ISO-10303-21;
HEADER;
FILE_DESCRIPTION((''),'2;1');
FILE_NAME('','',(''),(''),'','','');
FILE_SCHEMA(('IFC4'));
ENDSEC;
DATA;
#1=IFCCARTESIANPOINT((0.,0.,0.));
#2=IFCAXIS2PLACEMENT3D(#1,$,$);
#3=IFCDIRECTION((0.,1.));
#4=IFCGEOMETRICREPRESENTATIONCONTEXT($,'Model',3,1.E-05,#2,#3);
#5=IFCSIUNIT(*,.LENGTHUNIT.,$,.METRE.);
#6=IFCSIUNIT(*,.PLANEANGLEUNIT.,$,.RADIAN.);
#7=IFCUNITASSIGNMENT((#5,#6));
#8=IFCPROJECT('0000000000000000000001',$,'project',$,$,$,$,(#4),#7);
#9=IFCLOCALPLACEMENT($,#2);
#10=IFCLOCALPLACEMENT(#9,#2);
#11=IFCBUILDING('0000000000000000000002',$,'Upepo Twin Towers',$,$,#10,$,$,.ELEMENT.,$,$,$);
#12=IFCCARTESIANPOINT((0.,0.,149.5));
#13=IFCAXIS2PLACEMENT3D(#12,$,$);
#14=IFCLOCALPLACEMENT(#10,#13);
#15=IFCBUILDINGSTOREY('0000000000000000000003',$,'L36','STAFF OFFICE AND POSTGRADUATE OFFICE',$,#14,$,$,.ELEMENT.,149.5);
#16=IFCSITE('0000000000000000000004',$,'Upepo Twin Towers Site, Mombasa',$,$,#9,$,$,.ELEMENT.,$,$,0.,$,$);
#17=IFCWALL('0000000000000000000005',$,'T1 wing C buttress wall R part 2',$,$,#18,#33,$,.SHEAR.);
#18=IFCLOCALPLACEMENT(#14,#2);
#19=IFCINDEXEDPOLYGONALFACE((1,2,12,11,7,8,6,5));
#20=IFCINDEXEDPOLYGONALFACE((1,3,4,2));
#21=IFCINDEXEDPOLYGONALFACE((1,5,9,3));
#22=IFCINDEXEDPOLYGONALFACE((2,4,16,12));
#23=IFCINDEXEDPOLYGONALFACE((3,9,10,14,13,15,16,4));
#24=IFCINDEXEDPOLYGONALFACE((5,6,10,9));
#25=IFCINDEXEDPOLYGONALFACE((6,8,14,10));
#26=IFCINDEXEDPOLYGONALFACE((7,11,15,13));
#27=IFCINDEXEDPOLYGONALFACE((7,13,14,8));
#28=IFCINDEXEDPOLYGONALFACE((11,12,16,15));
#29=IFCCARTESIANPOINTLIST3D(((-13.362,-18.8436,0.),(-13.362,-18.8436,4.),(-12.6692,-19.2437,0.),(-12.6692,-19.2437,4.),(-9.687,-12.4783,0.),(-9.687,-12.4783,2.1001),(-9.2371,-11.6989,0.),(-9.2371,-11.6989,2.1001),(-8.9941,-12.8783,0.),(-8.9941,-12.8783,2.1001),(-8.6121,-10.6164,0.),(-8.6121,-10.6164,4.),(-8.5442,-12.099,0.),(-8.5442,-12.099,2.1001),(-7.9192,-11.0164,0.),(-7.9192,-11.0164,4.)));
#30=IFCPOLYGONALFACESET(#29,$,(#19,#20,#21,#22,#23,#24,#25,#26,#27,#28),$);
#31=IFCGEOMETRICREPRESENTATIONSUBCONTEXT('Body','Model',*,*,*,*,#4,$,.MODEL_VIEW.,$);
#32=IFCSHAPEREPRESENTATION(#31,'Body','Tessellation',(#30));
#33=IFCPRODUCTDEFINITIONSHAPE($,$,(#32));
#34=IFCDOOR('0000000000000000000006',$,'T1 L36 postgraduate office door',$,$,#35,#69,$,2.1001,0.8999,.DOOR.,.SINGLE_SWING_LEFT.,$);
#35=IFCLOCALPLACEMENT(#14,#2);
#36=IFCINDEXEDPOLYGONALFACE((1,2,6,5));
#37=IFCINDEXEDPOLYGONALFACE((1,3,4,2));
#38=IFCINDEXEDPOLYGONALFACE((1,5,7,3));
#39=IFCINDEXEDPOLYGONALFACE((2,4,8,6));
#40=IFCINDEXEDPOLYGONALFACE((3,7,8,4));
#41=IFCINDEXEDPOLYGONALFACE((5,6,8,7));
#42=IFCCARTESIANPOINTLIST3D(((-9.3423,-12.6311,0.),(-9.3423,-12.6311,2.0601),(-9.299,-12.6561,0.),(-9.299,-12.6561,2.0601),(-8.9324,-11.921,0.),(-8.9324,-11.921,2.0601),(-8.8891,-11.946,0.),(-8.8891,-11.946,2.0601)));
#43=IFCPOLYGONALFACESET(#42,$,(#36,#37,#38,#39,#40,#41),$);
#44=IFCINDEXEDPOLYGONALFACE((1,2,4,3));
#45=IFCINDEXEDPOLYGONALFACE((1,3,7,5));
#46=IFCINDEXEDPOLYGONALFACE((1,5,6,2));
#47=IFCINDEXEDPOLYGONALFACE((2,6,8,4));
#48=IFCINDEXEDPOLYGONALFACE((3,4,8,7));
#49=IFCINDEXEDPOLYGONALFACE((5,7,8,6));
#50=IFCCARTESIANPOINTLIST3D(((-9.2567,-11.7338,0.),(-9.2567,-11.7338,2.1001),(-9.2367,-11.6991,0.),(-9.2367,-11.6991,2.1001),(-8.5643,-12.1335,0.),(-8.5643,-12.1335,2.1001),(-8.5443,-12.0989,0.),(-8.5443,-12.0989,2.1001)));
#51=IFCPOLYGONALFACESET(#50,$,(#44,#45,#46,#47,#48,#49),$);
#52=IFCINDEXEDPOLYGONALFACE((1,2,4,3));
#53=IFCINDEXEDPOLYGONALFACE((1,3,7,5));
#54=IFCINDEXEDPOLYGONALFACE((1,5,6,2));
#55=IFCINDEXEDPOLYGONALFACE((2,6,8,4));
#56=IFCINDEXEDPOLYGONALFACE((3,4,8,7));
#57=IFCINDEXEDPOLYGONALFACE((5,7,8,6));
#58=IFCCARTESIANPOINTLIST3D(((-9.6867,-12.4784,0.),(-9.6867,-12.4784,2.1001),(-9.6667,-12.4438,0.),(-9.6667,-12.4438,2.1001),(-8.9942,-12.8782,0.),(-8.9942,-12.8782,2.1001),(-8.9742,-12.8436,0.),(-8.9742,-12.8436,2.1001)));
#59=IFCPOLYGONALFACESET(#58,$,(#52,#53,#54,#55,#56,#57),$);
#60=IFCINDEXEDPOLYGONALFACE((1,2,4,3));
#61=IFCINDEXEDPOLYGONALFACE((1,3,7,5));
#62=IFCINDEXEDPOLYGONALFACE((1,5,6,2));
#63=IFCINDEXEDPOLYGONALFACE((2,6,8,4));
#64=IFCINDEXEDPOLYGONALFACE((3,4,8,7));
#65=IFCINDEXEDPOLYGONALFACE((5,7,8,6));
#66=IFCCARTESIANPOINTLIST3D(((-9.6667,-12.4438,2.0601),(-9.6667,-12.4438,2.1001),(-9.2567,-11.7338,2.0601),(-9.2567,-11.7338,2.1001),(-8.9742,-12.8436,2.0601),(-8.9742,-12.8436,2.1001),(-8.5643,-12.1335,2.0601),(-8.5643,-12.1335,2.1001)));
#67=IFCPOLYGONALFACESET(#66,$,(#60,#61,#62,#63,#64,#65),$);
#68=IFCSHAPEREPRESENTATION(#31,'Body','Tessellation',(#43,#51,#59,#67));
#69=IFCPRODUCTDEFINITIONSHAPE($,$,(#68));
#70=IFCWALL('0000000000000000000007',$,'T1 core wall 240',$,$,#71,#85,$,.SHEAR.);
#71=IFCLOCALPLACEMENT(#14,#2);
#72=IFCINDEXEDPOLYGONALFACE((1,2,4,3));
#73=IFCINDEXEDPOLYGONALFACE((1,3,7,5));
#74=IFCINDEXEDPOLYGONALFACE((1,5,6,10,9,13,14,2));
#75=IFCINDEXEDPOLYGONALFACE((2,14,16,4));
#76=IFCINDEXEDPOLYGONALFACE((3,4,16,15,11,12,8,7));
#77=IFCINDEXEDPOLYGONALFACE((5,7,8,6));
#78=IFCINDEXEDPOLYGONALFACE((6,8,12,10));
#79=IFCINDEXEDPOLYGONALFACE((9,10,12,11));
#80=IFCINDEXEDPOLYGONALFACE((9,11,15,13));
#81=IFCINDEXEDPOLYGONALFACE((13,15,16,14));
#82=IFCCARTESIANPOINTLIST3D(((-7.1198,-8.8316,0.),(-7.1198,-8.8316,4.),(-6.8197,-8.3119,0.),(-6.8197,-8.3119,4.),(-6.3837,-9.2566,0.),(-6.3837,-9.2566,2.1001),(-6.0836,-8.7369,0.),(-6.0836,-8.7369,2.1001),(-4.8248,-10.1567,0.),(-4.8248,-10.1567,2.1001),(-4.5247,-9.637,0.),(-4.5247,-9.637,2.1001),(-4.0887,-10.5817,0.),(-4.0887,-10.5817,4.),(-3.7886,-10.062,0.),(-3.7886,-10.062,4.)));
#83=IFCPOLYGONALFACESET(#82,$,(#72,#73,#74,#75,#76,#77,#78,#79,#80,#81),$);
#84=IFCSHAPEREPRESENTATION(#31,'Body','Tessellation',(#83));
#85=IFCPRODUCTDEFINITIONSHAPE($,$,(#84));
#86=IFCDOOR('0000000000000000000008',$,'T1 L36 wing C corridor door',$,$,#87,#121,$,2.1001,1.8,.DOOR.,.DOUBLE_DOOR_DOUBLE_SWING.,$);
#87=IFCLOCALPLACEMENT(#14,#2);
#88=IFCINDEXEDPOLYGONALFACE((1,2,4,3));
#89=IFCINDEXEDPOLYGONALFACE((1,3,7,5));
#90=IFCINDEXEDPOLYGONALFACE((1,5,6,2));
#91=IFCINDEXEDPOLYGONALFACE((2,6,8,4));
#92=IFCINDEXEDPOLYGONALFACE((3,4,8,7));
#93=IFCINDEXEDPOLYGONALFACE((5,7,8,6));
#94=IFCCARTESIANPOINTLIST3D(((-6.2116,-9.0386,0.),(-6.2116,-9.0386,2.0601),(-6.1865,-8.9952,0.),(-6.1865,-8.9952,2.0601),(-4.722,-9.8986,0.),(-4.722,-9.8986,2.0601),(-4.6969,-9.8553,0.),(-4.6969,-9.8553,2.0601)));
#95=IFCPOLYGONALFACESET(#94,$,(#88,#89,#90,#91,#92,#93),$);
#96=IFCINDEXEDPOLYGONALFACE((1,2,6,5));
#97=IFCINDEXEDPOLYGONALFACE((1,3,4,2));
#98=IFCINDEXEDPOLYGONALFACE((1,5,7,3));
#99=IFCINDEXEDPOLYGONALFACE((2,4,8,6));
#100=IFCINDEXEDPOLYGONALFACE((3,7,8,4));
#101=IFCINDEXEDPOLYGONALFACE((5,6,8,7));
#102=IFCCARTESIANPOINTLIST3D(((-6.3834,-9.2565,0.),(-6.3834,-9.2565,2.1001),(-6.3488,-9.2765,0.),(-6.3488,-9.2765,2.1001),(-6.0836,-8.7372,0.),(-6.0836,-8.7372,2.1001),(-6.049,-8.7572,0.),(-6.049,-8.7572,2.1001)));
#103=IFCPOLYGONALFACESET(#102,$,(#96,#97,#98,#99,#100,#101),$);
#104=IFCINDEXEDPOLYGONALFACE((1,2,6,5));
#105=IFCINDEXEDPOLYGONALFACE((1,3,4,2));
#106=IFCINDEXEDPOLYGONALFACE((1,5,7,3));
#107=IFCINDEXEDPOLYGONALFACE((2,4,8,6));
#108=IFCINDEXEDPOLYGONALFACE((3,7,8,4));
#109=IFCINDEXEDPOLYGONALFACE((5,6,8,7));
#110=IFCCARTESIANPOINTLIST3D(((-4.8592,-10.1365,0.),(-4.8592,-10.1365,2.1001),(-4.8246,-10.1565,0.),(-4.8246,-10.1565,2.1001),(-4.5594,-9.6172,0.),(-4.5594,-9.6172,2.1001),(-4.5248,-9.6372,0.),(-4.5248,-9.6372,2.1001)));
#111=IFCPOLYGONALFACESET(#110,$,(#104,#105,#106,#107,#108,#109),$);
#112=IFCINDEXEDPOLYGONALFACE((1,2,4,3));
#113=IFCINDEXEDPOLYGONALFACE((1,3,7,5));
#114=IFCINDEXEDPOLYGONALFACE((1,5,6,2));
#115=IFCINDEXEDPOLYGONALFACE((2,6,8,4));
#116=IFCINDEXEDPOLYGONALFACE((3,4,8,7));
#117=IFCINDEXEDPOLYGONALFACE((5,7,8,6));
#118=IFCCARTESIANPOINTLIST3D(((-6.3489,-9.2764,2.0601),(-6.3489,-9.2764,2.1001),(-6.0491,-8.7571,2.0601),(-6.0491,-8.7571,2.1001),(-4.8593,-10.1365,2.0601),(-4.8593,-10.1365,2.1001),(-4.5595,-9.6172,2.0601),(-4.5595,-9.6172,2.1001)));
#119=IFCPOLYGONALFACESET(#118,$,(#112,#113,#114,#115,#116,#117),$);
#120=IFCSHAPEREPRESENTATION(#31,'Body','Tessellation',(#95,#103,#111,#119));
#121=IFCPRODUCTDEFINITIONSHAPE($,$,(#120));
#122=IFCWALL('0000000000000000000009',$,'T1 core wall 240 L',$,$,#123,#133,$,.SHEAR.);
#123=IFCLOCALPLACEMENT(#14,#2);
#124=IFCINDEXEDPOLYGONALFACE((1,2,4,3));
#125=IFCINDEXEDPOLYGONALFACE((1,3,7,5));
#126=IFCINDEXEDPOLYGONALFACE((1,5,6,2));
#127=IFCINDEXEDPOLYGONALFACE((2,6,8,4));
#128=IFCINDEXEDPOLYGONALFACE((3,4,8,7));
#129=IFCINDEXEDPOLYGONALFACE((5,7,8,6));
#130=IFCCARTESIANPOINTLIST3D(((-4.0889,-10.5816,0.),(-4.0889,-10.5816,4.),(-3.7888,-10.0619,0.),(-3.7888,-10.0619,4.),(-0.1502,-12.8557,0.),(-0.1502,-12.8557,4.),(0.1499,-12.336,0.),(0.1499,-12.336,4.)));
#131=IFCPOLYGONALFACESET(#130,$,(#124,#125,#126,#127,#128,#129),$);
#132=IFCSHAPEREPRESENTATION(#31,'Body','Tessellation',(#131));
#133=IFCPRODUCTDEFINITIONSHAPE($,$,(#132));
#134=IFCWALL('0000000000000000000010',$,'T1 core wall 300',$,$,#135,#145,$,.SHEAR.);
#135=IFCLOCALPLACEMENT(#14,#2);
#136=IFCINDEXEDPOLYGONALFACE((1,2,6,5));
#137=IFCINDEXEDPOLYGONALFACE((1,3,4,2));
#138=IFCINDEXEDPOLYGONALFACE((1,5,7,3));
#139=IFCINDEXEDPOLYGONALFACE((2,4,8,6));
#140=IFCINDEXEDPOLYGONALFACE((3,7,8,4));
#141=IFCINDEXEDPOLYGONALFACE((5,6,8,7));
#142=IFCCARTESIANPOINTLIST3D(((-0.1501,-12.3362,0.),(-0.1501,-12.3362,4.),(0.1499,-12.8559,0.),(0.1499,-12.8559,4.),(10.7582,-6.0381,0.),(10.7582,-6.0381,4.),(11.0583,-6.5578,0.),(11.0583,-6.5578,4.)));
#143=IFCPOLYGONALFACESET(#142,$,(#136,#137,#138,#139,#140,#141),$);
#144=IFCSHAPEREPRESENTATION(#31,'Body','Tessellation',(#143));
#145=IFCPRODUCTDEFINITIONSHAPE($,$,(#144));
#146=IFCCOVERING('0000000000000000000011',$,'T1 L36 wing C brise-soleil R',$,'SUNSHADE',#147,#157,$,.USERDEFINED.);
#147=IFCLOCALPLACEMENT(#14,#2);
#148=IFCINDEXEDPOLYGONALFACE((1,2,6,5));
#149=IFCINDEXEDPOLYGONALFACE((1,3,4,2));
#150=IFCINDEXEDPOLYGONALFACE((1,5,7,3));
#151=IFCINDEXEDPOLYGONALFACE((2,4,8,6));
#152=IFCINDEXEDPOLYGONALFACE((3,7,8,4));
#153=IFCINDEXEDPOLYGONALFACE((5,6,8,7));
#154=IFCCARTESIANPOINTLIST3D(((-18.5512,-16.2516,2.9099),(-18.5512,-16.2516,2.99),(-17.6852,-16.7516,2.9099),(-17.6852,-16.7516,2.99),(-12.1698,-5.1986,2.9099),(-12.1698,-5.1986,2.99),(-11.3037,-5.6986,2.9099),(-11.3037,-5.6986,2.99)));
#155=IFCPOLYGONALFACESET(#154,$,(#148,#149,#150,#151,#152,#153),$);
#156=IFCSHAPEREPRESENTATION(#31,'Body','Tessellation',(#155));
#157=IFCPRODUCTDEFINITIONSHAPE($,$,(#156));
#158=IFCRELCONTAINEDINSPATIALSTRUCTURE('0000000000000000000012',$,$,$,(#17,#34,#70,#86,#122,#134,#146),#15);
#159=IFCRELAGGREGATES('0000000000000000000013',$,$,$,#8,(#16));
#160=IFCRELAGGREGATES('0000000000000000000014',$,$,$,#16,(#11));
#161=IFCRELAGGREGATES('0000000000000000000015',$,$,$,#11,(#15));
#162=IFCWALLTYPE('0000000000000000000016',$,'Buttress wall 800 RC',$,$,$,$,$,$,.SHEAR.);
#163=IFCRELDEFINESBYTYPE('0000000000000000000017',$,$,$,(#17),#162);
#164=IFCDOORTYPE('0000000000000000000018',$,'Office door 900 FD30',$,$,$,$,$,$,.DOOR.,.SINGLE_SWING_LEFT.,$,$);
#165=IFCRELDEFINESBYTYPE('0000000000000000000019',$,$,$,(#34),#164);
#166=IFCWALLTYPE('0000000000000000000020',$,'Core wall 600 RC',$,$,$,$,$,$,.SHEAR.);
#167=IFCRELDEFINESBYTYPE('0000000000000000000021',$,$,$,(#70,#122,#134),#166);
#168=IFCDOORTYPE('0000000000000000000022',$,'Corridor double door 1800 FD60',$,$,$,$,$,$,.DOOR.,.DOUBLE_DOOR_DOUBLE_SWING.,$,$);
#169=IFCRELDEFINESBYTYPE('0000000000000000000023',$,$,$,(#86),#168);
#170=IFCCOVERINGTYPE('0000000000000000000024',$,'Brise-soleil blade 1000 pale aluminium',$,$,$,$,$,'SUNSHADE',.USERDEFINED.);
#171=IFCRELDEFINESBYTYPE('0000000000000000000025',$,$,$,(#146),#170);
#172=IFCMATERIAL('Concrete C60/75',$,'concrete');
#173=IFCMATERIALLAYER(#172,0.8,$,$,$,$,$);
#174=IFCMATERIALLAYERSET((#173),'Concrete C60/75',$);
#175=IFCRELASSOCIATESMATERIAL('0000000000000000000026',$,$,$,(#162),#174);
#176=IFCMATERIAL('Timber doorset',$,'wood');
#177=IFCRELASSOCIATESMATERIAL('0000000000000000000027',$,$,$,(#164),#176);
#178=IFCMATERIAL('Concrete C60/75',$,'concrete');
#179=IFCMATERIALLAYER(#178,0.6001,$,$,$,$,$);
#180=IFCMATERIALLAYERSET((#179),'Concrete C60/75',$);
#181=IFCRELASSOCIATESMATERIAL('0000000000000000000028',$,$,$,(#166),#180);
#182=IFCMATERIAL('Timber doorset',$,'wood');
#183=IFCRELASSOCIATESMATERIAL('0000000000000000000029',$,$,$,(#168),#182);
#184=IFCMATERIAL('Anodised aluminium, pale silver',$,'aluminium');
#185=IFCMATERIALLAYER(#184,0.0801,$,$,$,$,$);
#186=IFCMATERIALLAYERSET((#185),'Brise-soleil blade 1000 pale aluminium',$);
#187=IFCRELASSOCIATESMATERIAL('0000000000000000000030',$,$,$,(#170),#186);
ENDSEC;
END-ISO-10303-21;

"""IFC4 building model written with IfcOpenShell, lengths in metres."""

from ifc_helpers import new_model, si_unit, direction, frame, frame_2d, origin, origin_2d, place, context, subcontext, project, spatial, rectangle, extrude, material, layer, layer_set, type_object, element, fill, save


model = new_model("IFC4")

# Units and contexts
model_context = context("Model", 3, precision=1e-05, world=origin(), true_north=direction((0.0, 1.0)))
body_context = subcontext(model_context, "Body", "Model", "MODEL_VIEW")
ifc_project = project(units=[si_unit("LENGTHUNIT", "METRE"), si_unit("PLANEANGLEUNIT", "RADIAN")], contexts=[model_context])

# Site, building, storey
site_placement = place(None, origin())
site = spatial("IfcSite", under=ifc_project, at=site_placement, Name="Upepo Twin Towers Site, Mombasa", CompositionType="ELEMENT", RefElevation=0.0)
building_placement = place(site_placement, origin())
building = spatial("IfcBuilding", under=site, at=building_placement, Name="Upepo Twin Towers", CompositionType="ELEMENT")
storey_placement = place(building_placement, frame((0.0, 0.0, 149.5)))
storey = spatial("IfcBuildingStorey", under=building, at=storey_placement, Name="L36", Description="STAFF OFFICE AND POSTGRADUATE OFFICE", CompositionType="ELEMENT", Elevation=149.5)

# Walls, openings, doors
ifc_material_1 = material(Name="Concrete C60/75", Category="concrete")
ifc_layer_1 = layer(ifc_material_1, 0.8)
ifc_layer_set_1 = layer_set([ifc_layer_1], Name="Concrete C60/75")
wall_type_1 = type_object("IfcWallType", Name="Buttress wall 800 RC", PredefinedType="SHEAR", material=ifc_layer_set_1)
ifc_material_2 = material(Name="Timber doorset", Category="wood")
door_type_1 = type_object("IfcDoorType", Name="Office door 900 FD30", OperationType="SINGLE_SWING_LEFT", PredefinedType="DOOR", material=ifc_material_2)
wall_1_placement = place(storey_placement, frame((-8.2656, -10.8164, 0.0), z_axis=(0.0, 0.0, 1.0), x_axis=(-0.499998, -0.866027, 0.0)))
wall_1 = element("IfcWall", 1, at=wall_1_placement, inside=storey, type_object=wall_type_1, Name="T1 wing C buttress wall R part 2", PredefinedType="SHEAR", context=body_context, shape_type="SweptSolid", body=[
    extrude(rectangle(XDim=9.5, YDim=0.8, at=frame_2d((4.75, 0.0))), origin(), (0.0, 0.0, 1.0), 4.0),
])
opening_1_placement = place(wall_1_placement, frame((1.25, 0.0, 0.0)))
opening_1 = element("IfcOpeningElement", 2, at=opening_1_placement, cuts=wall_1, PredefinedType="OPENING", context=body_context, shape_type="SweptSolid", body=[
    extrude(rectangle(XDim=0.8999, YDim=2.1001, at=frame_2d((0.45, 1.05))), frame((0.0, 0.4099, 0.0), z_axis=(0.0, -1.0, 0.0), x_axis=(1.0, 0.0, 0.0)), (0.0, 0.0, 1.0), 0.8201),
])
door_1_placement = place(opening_1_placement, origin())
door_1 = element("IfcDoor", 3, at=door_1_placement, inside=storey, type_object=door_type_1, Name="T1 L36 postgraduate office door", OperationType="SINGLE_SWING_LEFT", OverallHeight=2.1001, OverallWidth=0.8999, PredefinedType="DOOR", context=body_context, shape_type="SweptSolid", body=[
    extrude(rectangle(XDim=0.8199, YDim=2.0601, at=frame_2d((0.45, 1.03))), frame((0.0, 0.0249, 0.0), z_axis=(0.0, -1.0, 0.0), x_axis=(1.0, 0.0, 0.0)), (0.0, 0.0, 1.0), 0.05),
    extrude(rectangle(XDim=0.04, YDim=2.1001, at=frame_2d((0.02, 1.05))), frame((0.0, 0.3999, 0.0), z_axis=(0.0, -1.0, 0.0), x_axis=(1.0, 0.0, 0.0)), (0.0, 0.0, 1.0), 0.7996),
    extrude(rectangle(XDim=0.04, YDim=2.1001, at=frame_2d((0.8799, 1.05))), frame((0.0, 0.3999, 0.0), z_axis=(0.0, -1.0, 0.0), x_axis=(1.0, 0.0, 0.0)), (0.0, 0.0, 1.0), 0.7996),
    extrude(rectangle(XDim=0.8199, YDim=0.04, at=frame_2d((0.45, 2.0801))), frame((0.0, 0.3999, 0.0), z_axis=(0.0, -1.0, 0.0), x_axis=(1.0, 0.0, 0.0)), (0.0, 0.0, 1.0), 0.7996),
])
fill(opening_1, door_1)
ifc_material_3 = material(Name="Concrete C60/75", Category="concrete")
ifc_layer_2 = layer(ifc_material_3, 0.6001)
ifc_layer_set_2 = layer_set([ifc_layer_2], Name="Concrete C60/75")
wall_type_2 = type_object("IfcWallType", Name="Core wall 600 RC", PredefinedType="SHEAR", material=ifc_layer_set_2)
wall_2_placement = place(storey_placement, frame((-6.9697, -8.5718, 0.0), z_axis=(0.0, 0.0, 1.0), x_axis=(0.866019, -0.50001, 0.0)))
wall_2 = element("IfcWall", 4, at=wall_2_placement, inside=storey, type_object=wall_type_2, Name="T1 core wall 240", PredefinedType="SHEAR", context=body_context, shape_type="SweptSolid", body=[
    extrude(rectangle(XDim=3.5, YDim=0.6001, at=frame_2d((1.75, 0.0))), origin(), (0.0, 0.0, 1.0), 4.0),
])
opening_2_placement = place(wall_2_placement, frame((0.8501, 0.0, 0.0)))
opening_2 = element("IfcOpeningElement", 5, at=opening_2_placement, cuts=wall_2, PredefinedType="OPENING", context=body_context, shape_type="SweptSolid", body=[
    extrude(rectangle(XDim=1.8, YDim=2.1001, at=frame_2d((0.8999, 1.05))), frame((0.0, 0.3101, 0.0), z_axis=(0.0, -1.0, 0.0), x_axis=(1.0, 0.0, 0.0)), (0.0, 0.0, 1.0), 0.6201),
])
ifc_material_4 = material(Name="Timber doorset", Category="wood")
door_type_2 = type_object("IfcDoorType", Name="Corridor double door 1800 FD60", OperationType="DOUBLE_DOOR_DOUBLE_SWING", PredefinedType="DOOR", material=ifc_material_4)
door_2_placement = place(opening_2_placement, origin())
door_2 = element("IfcDoor", 6, at=door_2_placement, inside=storey, type_object=door_type_2, Name="T1 L36 wing C corridor door", OperationType="DOUBLE_DOOR_DOUBLE_SWING", OverallHeight=2.1001, OverallWidth=1.8, PredefinedType="DOOR", context=body_context, shape_type="SweptSolid", body=[
    extrude(rectangle(XDim=1.72, YDim=2.0601, at=frame_2d((0.8999, 1.03))), frame((0.0, 0.0249, 0.0), z_axis=(0.0, -1.0, 0.0), x_axis=(1.0, 0.0, 0.0)), (0.0, 0.0, 1.0), 0.05),
    extrude(rectangle(XDim=0.04, YDim=2.1001, at=frame_2d((0.02, 1.05))), frame((0.0, 0.2998, 0.0), z_axis=(0.0, -1.0, 0.0), x_axis=(1.0, 0.0, 0.0)), (0.0, 0.0, 1.0), 0.5996),
    extrude(rectangle(XDim=0.04, YDim=2.1001, at=frame_2d((1.78, 1.05))), frame((0.0, 0.2998, 0.0), z_axis=(0.0, -1.0, 0.0), x_axis=(1.0, 0.0, 0.0)), (0.0, 0.0, 1.0), 0.5996),
    extrude(rectangle(XDim=1.72, YDim=0.04, at=frame_2d((0.8999, 2.0801))), frame((0.0, 0.2998, 0.0), z_axis=(0.0, -1.0, 0.0), x_axis=(1.0, 0.0, 0.0)), (0.0, 0.0, 1.0), 0.5996),
])
fill(opening_2, door_2)

# Walls
wall_3_placement = place(storey_placement, frame((-3.9387, -10.3218, 0.0), z_axis=(0.0, 0.0, 1.0), x_axis=(0.866011, -0.500024, 0.0)))
element("IfcWall", 7, at=wall_3_placement, inside=storey, type_object=wall_type_2, Name="T1 core wall 240 L", PredefinedType="SHEAR", context=body_context, shape_type="SweptSolid", body=[
    extrude(rectangle(XDim=4.5481, YDim=0.6001, at=frame_2d((2.2739, 0.0))), origin(), (0.0, 0.0, 1.0), 4.0),
])
wall_4_placement = place(storey_placement, frame((0.0, -12.5959, 0.0), z_axis=(0.0, 0.0, 1.0), x_axis=(0.866022, 0.500006, 0.0)))
element("IfcWall", 8, at=wall_4_placement, inside=storey, type_object=wall_type_2, Name="T1 core wall 300", PredefinedType="SHEAR", context=body_context, shape_type="SweptSolid", body=[
    extrude(rectangle(XDim=12.5959, YDim=0.6001, at=frame_2d((6.2979, 0.0))), origin(), (0.0, 0.0, 1.0), 4.0),
])

# Covering
ifc_material_5 = material(Name="Anodised aluminium, pale silver", Category="aluminium")
ifc_layer_3 = layer(ifc_material_5, 0.0801)
ifc_layer_set_3 = layer_set([ifc_layer_3], Name="Brise-soleil blade 1000 pale aluminium")
covering_type = type_object("IfcCoveringType", Name="Brise-soleil blade 1000 pale aluminium", ElementType="SUNSHADE", PredefinedType="USERDEFINED", material=ifc_layer_set_3)
covering_placement = place(storey_placement, frame((-14.9275, -10.9751, 2.9099), z_axis=(0.0, 0.0, 1.0), x_axis=(-0.5, -0.866025, 0.0)))
element("IfcCovering", 9, at=covering_placement, inside=storey, type_object=covering_type, Name="T1 L36 wing C brise-soleil R", ObjectType="SUNSHADE", PredefinedType="USERDEFINED", context=body_context, shape_type="SweptSolid", body=[
    extrude(rectangle(XDim=12.7629, YDim=1.0, at=origin_2d()), origin(), (0.0, 0.0, 1.0), 0.0801),
])

save(model, "model.ifc")
